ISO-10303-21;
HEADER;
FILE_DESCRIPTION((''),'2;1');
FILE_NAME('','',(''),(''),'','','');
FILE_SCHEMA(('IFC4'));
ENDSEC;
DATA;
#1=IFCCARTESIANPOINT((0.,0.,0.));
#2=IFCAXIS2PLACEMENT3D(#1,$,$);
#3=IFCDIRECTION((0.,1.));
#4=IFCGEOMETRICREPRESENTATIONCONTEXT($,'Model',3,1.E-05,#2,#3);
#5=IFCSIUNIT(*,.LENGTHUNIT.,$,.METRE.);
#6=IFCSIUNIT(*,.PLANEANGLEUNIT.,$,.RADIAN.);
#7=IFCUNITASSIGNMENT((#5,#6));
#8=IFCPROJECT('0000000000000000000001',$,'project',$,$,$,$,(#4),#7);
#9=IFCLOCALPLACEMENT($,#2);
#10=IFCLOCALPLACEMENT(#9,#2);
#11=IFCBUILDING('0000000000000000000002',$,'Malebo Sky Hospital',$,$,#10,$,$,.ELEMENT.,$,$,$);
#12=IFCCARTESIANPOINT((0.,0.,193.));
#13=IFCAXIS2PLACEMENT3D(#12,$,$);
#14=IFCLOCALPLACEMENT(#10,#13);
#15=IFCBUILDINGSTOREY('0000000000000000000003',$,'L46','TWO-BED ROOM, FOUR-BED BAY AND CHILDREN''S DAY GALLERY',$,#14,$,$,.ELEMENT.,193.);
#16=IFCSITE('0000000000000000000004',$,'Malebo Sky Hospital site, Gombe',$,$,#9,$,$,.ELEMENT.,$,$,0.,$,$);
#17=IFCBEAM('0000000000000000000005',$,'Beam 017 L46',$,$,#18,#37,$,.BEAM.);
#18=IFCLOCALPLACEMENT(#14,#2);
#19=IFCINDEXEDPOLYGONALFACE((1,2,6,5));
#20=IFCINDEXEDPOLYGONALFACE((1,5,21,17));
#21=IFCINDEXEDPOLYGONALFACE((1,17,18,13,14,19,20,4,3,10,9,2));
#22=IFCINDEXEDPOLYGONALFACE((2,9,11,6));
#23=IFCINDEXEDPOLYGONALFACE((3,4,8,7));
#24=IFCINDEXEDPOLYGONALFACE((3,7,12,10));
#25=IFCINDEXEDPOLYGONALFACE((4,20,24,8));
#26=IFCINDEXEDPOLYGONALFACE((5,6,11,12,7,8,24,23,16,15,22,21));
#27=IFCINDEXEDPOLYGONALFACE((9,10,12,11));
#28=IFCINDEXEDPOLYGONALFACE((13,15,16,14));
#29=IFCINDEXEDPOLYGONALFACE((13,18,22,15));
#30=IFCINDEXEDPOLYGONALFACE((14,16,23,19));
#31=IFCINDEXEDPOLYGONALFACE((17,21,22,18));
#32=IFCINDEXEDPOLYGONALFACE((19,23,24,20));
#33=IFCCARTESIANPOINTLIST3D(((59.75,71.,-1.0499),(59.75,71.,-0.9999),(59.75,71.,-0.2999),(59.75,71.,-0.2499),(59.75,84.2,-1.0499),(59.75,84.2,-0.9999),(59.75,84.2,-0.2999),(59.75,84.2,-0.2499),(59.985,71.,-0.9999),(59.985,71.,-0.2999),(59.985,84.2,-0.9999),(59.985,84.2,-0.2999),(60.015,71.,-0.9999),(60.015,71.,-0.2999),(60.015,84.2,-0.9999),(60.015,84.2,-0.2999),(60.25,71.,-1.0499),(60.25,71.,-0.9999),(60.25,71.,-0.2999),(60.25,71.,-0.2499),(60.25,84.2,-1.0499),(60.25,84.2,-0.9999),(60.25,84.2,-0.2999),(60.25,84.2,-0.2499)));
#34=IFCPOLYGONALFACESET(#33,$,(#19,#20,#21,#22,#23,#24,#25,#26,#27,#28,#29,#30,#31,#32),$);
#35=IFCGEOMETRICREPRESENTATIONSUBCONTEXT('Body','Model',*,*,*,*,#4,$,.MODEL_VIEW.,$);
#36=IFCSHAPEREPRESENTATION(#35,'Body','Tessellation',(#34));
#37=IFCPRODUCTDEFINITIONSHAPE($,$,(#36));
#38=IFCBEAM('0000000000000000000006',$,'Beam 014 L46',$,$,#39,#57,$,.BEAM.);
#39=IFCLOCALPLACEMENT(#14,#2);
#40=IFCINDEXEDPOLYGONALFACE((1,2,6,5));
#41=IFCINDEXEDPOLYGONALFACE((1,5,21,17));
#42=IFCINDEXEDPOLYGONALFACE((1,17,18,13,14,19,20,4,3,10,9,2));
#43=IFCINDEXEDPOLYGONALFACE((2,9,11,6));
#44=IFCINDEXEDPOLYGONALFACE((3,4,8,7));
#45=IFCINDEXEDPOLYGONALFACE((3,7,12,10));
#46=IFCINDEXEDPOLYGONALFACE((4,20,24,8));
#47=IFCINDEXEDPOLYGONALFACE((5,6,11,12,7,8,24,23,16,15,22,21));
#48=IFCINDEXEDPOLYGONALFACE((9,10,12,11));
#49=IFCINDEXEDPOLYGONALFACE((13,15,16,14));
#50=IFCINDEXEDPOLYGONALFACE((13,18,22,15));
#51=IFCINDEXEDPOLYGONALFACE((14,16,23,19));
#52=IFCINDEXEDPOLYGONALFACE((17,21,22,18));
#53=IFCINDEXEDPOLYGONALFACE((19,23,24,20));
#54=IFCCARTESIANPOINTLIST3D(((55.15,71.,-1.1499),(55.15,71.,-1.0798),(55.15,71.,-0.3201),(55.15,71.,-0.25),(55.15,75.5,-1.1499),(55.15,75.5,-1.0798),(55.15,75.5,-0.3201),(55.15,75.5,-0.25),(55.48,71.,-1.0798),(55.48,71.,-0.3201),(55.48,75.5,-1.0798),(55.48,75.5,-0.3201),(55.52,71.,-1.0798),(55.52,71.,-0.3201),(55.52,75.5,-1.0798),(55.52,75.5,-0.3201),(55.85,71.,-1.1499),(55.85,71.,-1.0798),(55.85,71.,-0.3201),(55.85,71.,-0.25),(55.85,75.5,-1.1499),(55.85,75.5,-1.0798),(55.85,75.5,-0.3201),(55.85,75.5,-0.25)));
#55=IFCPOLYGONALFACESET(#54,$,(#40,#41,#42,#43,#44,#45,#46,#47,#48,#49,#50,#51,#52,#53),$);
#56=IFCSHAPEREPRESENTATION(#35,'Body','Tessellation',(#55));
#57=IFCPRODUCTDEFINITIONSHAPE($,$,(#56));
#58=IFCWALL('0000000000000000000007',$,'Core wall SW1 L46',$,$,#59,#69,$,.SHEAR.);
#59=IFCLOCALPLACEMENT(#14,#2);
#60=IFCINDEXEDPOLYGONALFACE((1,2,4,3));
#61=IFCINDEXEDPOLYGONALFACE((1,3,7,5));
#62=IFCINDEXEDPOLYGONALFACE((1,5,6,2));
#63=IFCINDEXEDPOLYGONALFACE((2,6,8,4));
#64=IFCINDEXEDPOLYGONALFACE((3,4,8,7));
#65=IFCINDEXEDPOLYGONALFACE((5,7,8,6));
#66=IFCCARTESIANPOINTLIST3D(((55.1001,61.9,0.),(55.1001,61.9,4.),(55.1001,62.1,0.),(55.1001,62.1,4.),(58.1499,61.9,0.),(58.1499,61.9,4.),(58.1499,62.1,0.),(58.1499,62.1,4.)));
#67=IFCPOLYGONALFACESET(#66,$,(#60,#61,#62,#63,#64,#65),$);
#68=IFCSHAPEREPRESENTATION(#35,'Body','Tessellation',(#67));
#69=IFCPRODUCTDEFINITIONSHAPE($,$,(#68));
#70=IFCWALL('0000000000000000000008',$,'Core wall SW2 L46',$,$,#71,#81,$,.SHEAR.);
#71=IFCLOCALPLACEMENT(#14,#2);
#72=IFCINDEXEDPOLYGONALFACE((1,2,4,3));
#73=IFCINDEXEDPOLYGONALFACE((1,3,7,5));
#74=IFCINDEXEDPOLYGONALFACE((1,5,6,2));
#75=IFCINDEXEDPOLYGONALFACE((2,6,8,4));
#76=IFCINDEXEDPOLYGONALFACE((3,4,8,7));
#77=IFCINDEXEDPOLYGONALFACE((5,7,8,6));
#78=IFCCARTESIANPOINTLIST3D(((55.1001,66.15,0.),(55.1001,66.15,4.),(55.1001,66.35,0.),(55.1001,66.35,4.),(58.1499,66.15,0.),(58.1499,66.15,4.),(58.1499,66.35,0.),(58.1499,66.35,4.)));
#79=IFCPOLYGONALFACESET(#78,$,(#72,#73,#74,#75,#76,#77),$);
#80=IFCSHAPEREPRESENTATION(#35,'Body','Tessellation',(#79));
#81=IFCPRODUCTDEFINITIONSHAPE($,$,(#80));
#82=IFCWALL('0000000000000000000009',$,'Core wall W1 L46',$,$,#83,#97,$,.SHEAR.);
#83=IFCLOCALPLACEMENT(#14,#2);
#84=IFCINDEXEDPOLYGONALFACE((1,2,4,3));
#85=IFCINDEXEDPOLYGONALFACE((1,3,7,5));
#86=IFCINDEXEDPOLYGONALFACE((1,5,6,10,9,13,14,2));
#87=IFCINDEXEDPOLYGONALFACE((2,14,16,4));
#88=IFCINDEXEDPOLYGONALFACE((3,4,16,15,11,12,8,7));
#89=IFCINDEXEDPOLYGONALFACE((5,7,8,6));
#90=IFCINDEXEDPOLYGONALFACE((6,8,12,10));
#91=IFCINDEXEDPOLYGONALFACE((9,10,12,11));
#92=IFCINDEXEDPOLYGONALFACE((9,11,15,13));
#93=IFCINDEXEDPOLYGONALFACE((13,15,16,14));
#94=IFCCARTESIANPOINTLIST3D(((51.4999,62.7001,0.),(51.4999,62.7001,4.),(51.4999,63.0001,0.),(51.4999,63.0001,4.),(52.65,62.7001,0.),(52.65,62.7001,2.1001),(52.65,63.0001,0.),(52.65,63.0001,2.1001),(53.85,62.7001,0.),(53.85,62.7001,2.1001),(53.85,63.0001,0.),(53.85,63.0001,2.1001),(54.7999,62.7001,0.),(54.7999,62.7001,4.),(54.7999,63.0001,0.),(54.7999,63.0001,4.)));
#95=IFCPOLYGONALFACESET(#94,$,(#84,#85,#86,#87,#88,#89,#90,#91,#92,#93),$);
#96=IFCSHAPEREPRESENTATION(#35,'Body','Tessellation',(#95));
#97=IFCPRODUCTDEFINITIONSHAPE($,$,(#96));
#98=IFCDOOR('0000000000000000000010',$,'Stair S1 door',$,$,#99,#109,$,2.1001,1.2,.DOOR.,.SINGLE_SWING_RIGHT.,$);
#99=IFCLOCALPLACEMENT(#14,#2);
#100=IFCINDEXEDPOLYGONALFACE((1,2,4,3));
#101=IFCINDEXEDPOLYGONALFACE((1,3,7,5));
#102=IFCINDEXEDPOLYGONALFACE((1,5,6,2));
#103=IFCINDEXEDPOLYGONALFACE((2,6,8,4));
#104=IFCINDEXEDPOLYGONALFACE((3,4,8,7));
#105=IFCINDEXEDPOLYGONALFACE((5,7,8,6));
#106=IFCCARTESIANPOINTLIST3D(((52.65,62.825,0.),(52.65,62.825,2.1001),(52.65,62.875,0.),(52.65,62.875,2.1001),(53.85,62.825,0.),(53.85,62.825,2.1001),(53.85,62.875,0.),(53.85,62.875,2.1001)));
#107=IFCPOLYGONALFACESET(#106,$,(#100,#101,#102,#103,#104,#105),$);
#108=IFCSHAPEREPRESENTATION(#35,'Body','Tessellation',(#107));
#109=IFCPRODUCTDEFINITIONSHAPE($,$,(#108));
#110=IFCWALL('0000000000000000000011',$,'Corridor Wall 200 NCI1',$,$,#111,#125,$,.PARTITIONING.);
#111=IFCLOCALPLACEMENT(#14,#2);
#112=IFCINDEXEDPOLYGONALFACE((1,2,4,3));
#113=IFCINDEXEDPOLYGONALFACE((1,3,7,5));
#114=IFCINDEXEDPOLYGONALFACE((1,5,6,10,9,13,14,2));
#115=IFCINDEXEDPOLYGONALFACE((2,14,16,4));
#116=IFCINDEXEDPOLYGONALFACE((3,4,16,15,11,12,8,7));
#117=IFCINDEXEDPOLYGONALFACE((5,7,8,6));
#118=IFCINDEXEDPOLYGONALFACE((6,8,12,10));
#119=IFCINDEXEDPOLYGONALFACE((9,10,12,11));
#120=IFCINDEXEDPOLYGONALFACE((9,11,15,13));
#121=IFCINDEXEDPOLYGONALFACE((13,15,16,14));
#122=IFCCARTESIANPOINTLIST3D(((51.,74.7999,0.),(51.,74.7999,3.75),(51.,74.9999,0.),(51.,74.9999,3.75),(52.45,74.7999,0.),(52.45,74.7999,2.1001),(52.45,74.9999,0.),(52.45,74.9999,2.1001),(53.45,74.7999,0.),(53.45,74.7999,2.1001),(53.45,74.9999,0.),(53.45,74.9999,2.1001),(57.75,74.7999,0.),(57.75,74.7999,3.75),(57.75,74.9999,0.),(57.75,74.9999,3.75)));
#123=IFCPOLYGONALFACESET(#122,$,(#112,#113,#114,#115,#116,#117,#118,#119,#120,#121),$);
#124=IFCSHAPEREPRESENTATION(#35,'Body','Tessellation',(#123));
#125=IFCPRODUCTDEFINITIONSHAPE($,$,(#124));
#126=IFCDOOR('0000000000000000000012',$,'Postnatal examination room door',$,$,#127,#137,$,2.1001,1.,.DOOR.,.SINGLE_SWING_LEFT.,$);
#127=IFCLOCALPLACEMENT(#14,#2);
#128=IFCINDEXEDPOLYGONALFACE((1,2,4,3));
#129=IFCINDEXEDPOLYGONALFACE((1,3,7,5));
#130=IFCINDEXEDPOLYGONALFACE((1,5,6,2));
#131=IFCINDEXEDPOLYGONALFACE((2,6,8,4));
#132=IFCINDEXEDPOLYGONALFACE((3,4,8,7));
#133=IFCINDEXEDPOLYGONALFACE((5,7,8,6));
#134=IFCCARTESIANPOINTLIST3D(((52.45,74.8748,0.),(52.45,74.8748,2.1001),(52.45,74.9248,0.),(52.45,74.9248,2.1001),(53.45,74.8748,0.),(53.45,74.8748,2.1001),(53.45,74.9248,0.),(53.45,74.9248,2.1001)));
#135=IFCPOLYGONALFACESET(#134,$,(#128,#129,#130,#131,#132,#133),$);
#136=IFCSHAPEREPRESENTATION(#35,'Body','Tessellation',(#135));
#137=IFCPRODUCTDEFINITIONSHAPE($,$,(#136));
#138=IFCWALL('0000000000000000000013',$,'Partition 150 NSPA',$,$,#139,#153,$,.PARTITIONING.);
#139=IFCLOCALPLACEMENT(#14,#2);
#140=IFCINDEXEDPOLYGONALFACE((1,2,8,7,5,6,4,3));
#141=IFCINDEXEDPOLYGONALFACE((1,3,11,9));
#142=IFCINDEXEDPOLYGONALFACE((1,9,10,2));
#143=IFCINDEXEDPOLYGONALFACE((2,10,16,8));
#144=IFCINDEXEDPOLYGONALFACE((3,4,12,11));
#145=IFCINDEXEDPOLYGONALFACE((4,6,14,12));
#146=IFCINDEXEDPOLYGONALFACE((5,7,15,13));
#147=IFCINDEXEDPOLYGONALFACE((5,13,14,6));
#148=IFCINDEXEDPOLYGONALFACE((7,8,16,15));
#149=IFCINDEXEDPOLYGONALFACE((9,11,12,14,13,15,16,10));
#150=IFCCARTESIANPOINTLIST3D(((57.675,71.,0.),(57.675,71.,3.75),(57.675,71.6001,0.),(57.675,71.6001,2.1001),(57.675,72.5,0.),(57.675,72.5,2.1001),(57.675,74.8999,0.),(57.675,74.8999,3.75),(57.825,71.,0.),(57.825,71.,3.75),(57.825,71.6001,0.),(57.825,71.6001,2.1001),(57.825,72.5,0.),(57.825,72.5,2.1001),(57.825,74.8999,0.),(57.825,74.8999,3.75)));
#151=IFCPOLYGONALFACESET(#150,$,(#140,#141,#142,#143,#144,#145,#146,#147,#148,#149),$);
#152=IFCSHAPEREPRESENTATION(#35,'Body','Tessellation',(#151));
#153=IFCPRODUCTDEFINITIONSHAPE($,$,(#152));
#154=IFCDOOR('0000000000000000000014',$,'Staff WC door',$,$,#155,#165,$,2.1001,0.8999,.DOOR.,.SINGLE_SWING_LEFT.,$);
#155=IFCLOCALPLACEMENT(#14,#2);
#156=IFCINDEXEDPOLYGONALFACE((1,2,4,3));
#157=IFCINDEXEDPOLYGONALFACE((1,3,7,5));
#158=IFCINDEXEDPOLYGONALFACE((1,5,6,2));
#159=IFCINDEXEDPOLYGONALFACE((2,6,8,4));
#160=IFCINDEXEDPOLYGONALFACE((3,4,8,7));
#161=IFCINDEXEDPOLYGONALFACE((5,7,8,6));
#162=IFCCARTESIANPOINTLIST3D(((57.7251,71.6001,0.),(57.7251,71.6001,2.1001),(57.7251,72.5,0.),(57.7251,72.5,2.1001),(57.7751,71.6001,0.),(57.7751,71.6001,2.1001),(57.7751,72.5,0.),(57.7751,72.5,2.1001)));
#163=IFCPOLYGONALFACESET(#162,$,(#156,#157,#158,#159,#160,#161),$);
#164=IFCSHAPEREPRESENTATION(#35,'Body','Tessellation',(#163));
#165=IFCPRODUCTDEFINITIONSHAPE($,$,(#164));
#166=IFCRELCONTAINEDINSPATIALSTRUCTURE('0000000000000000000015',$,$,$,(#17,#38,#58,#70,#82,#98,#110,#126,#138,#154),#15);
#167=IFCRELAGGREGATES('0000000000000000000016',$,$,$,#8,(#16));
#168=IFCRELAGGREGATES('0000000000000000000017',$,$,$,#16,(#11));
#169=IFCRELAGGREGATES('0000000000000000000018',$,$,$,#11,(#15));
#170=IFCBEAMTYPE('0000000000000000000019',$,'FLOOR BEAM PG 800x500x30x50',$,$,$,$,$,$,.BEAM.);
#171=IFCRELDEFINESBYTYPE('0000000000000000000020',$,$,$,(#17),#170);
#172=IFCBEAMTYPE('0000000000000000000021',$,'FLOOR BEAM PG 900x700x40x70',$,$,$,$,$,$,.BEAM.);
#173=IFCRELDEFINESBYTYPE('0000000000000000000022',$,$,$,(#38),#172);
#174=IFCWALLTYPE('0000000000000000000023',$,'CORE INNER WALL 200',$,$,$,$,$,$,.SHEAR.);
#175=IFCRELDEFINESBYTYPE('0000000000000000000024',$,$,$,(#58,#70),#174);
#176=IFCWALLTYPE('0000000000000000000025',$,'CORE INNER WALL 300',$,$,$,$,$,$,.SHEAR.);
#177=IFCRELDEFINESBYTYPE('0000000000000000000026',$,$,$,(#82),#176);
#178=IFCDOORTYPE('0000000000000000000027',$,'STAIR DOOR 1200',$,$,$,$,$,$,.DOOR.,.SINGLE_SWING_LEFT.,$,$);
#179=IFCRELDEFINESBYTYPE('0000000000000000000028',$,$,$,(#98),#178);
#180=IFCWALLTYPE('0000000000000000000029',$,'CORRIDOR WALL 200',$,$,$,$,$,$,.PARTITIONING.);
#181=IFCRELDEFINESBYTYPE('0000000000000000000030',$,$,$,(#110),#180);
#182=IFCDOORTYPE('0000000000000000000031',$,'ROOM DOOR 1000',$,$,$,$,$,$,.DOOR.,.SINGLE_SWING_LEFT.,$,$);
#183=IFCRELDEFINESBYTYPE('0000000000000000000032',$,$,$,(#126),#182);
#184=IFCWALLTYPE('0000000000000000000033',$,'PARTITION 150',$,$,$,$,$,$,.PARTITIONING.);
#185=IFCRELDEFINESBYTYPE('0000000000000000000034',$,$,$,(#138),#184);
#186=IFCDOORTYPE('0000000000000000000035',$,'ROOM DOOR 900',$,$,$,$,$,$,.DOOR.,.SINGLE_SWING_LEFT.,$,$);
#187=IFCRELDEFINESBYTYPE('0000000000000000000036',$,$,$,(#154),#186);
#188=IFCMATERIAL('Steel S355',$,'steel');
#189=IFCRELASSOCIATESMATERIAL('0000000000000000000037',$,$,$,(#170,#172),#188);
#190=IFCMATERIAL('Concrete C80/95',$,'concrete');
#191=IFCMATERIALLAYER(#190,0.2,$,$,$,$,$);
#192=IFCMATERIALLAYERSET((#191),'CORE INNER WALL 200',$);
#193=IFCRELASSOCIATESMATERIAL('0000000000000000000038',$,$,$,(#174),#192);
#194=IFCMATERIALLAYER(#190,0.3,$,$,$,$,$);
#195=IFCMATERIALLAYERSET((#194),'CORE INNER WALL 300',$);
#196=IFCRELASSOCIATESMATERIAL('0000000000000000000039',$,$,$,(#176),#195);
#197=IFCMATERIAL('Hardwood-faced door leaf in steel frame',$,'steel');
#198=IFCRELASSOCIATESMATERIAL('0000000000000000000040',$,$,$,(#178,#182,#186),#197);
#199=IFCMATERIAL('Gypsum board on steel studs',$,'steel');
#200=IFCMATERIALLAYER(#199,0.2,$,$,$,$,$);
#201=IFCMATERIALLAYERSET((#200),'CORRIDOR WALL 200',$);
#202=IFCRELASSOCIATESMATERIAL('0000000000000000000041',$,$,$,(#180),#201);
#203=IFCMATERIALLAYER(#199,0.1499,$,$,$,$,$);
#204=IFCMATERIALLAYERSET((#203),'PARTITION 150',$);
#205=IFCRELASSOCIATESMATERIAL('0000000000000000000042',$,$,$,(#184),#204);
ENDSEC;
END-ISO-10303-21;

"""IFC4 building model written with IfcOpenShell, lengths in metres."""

from ifc_helpers import new_model, si_unit, direction, frame, frame_2d, origin, origin_2d, place, context, subcontext, project, spatial, rectangle, i_section, extrude, material, layer, layer_set, material_profile, profile_set, type_object, element, fill, save


model = new_model("IFC4")

# Units and contexts
model_context = context("Model", 3, precision=1e-05, world=origin(), true_north=direction((0.0, 1.0)))
body_context = subcontext(model_context, "Body", "Model", "MODEL_VIEW")
ifc_project = project(units=[si_unit("LENGTHUNIT", "METRE"), si_unit("PLANEANGLEUNIT", "RADIAN")], contexts=[model_context])

# Site, building, storey
site_placement = place(None, origin())
site = spatial("IfcSite", under=ifc_project, at=site_placement, Name="Malebo Sky Hospital site, Gombe", CompositionType="ELEMENT", RefElevation=0.0)
building_placement = place(site_placement, origin())
building = spatial("IfcBuilding", under=site, at=building_placement, Name="Malebo Sky Hospital", CompositionType="ELEMENT")
storey_placement = place(building_placement, frame((0.0, 0.0, 193.0)))
storey = spatial("IfcBuildingStorey", under=building, at=storey_placement, Name="L46", Description="TWO-BED ROOM, FOUR-BED BAY AND CHILDREN'S DAY GALLERY", CompositionType="ELEMENT", Elevation=193.0)

# Beams
ifc_material_1 = material(Name="Steel S355", Category="steel")
ifc_material_profile_1 = material_profile(ifc_material_1, i_section(OverallWidth=0.5, OverallDepth=0.8, WebThickness=0.03, FlangeThickness=0.05, at=origin_2d()), Name="PG 800x500x30x50")
ifc_profile_set_1 = profile_set([ifc_material_profile_1], Name="Steel S355")
beam_type_1 = type_object("IfcBeamType", Name="FLOOR BEAM PG 800x500x30x50", PredefinedType="BEAM", material=ifc_profile_set_1)
beam_1_placement = place(storey_placement, frame((60.0, 71.0, -0.6499), z_axis=(0.0, 1.0, 0.0), x_axis=(-1.0, 0.0, 0.0)))
element("IfcBeam", 1, at=beam_1_placement, inside=storey, type_object=beam_type_1, Name="Beam 017 L46", PredefinedType="BEAM", context=body_context, shape_type="SweptSolid", body=[
    extrude(i_section(OverallWidth=0.5, OverallDepth=0.8, WebThickness=0.03, FlangeThickness=0.05, at=origin_2d()), origin(), (0.0, 0.0, 1.0), 13.2),
])
ifc_material_profile_2 = material_profile(ifc_material_1, i_section(OverallWidth=0.7, OverallDepth=0.8999, WebThickness=0.04, FlangeThickness=0.0701, at=origin_2d()), Name="PG 900x700x40x70")
ifc_profile_set_2 = profile_set([ifc_material_profile_2], Name="Steel S355")
beam_type_2 = type_object("IfcBeamType", Name="FLOOR BEAM PG 900x700x40x70", PredefinedType="BEAM", material=ifc_profile_set_2)
beam_2_placement = place(storey_placement, frame((55.5, 71.0, -0.7), z_axis=(0.0, 1.0, 0.0), x_axis=(-1.0, 0.0, 0.0)))
element("IfcBeam", 2, at=beam_2_placement, inside=storey, type_object=beam_type_2, Name="Beam 014 L46", PredefinedType="BEAM", context=body_context, shape_type="SweptSolid", body=[
    extrude(i_section(OverallWidth=0.7, OverallDepth=0.8999, WebThickness=0.04, FlangeThickness=0.0701, at=origin_2d()), origin(), (0.0, 0.0, 1.0), 4.5),
])

# Walls
ifc_material_2 = material(Name="Concrete C80/95", Category="concrete")
ifc_layer_1 = layer(ifc_material_2, 0.2)
ifc_layer_set_1 = layer_set([ifc_layer_1], Name="CORE INNER WALL 200")
wall_type_1 = type_object("IfcWallType", Name="CORE INNER WALL 200", PredefinedType="SHEAR", material=ifc_layer_set_1)
for number, where, z_axis, x_axis, name in (
    (3, (55.1001, 62.0, 0.0), (0.0, 0.0, 1.0), (1.0, 0.0, 0.0), "Core wall SW1 L46"),
    (4, (55.1001, 66.25, 0.0), (0.0, 0.0, 1.0), (1.0, 0.0, 0.0), "Core wall SW2 L46"),
):
    element("IfcWall", number, at=place(storey_placement, frame(where, z_axis=z_axis, x_axis=x_axis)), inside=storey, type_object=wall_type_1, Name=name, PredefinedType="SHEAR", context=body_context, shape_type="SweptSolid", body=[
        extrude(rectangle(XDim=3.0498, YDim=0.2, at=frame_2d((1.5249, 0.0))), origin(), (0.0, 0.0, 1.0), 4.0),
    ])

# Walls, openings, doors
ifc_layer_2 = layer(ifc_material_2, 0.3)
ifc_layer_set_2 = layer_set([ifc_layer_2], Name="CORE INNER WALL 300")
wall_type_2 = type_object("IfcWallType", Name="CORE INNER WALL 300", PredefinedType="SHEAR", material=ifc_layer_set_2)
wall_1_placement = place(storey_placement, frame((51.5, 62.8501, 0.0), z_axis=(0.0, 0.0, 1.0), x_axis=(1.0, 0.0, 0.0)))
wall_1 = element("IfcWall", 5, at=wall_1_placement, inside=storey, type_object=wall_type_2, Name="Core wall W1 L46", PredefinedType="SHEAR", context=body_context, shape_type="SweptSolid", body=[
    extrude(rectangle(XDim=3.3, YDim=0.3, at=frame_2d((1.6499, 0.0))), origin(), (0.0, 0.0, 1.0), 4.0),
])
opening_1_placement = place(wall_1_placement, frame((1.1499, 0.0, 0.0)))
opening_1 = element("IfcOpeningElement", 6, at=opening_1_placement, cuts=wall_1, PredefinedType="OPENING", context=body_context, shape_type="SweptSolid", body=[
    extrude(rectangle(XDim=1.2, YDim=2.1001, at=frame_2d((0.6001, 1.05))), frame((0.0, 0.1599, 0.0), z_axis=(0.0, -1.0, 0.0), x_axis=(1.0, 0.0, 0.0)), (0.0, 0.0, 1.0), 0.3201),
])
ifc_material_3 = material(Name="Hardwood-faced door leaf in steel frame", Category="steel")
door_type_1 = type_object("IfcDoorType", Name="STAIR DOOR 1200", OperationType="SINGLE_SWING_LEFT", PredefinedType="DOOR", material=ifc_material_3)
door_1_placement = place(opening_1_placement, origin())
door_1 = element("IfcDoor", 7, at=door_1_placement, inside=storey, type_object=door_type_1, Name="Stair S1 door", OperationType="SINGLE_SWING_RIGHT", OverallHeight=2.1001, OverallWidth=1.2, PredefinedType="DOOR", context=body_context, shape_type="SweptSolid", body=[
    extrude(rectangle(XDim=1.2, YDim=2.1001, at=frame_2d((0.6001, 1.05))), frame((0.0, 0.0249, 0.0), z_axis=(0.0, -1.0, 0.0), x_axis=(1.0, 0.0, 0.0)), (0.0, 0.0, 1.0), 0.05),
])
fill(opening_1, door_1)
ifc_material_4 = material(Name="Gypsum board on steel studs", Category="steel")
ifc_layer_3 = layer(ifc_material_4, 0.2)
ifc_layer_set_3 = layer_set([ifc_layer_3], Name="CORRIDOR WALL 200")
wall_type_3 = type_object("IfcWallType", Name="CORRIDOR WALL 200", PredefinedType="PARTITIONING", material=ifc_layer_set_3)
wall_2_placement = place(storey_placement, frame((51.0, 74.8999, 0.0), z_axis=(0.0, 0.0, 1.0), x_axis=(1.0, 0.0, 0.0)))
wall_2 = element("IfcWall", 8, at=wall_2_placement, inside=storey, type_object=wall_type_3, Name="Corridor Wall 200 NCI1", PredefinedType="PARTITIONING", context=body_context, shape_type="SweptSolid", body=[
    extrude(rectangle(XDim=6.75, YDim=0.2, at=frame_2d((3.375, 0.0))), origin(), (0.0, 0.0, 1.0), 3.75),
])
opening_2_placement = place(wall_2_placement, frame((1.45, 0.0, 0.0)))
opening_2 = element("IfcOpeningElement", 9, at=opening_2_placement, cuts=wall_2, PredefinedType="OPENING", context=body_context, shape_type="SweptSolid", body=[
    extrude(rectangle(XDim=1.0, YDim=2.1001, at=frame_2d((0.5, 1.05))), frame((0.0, 0.1099, 0.0), z_axis=(0.0, -1.0, 0.0), x_axis=(1.0, 0.0, 0.0)), (0.0, 0.0, 1.0), 0.22),
])
door_type_2 = type_object("IfcDoorType", Name="ROOM DOOR 1000", OperationType="SINGLE_SWING_LEFT", PredefinedType="DOOR", material=ifc_material_3)
door_2_placement = place(opening_2_placement, origin())
door_2 = element("IfcDoor", 10, at=door_2_placement, inside=storey, type_object=door_type_2, Name="Postnatal examination room door", OperationType="SINGLE_SWING_LEFT", OverallHeight=2.1001, OverallWidth=1.0, PredefinedType="DOOR", context=body_context, shape_type="SweptSolid", body=[
    extrude(rectangle(XDim=1.0, YDim=2.1001, at=frame_2d((0.5, 1.05))), frame((0.0, 0.0249, 0.0), z_axis=(0.0, -1.0, 0.0), x_axis=(1.0, 0.0, 0.0)), (0.0, 0.0, 1.0), 0.05),
])
fill(opening_2, door_2)
ifc_layer_4 = layer(ifc_material_4, 0.1499)
ifc_layer_set_4 = layer_set([ifc_layer_4], Name="PARTITION 150")
wall_type_4 = type_object("IfcWallType", Name="PARTITION 150", PredefinedType="PARTITIONING", material=ifc_layer_set_4)
wall_3_placement = place(storey_placement, frame((57.75, 71.0, 0.0), z_axis=(0.0, 0.0, 1.0), x_axis=(0.0, 1.0, 0.0)))
wall_3 = element("IfcWall", 11, at=wall_3_placement, inside=storey, type_object=wall_type_4, Name="Partition 150 NSPA", PredefinedType="PARTITIONING", context=body_context, shape_type="SweptSolid", body=[
    extrude(rectangle(XDim=3.8999, YDim=0.1499, at=frame_2d((1.95, 0.0))), origin(), (0.0, 0.0, 1.0), 3.75),
])
opening_3_placement = place(wall_3_placement, frame((0.6001, 0.0, 0.0)))
opening_3 = element("IfcOpeningElement", 12, at=opening_3_placement, cuts=wall_3, PredefinedType="OPENING", context=body_context, shape_type="SweptSolid", body=[
    extrude(rectangle(XDim=0.8999, YDim=2.1001, at=frame_2d((0.45, 1.05))), frame((0.0, 0.085, 0.0), z_axis=(0.0, -1.0, 0.0), x_axis=(1.0, 0.0, 0.0)), (0.0, 0.0, 1.0), 0.1699),
])
door_type_3 = type_object("IfcDoorType", Name="ROOM DOOR 900", OperationType="SINGLE_SWING_LEFT", PredefinedType="DOOR", material=ifc_material_3)
door_3_placement = place(opening_3_placement, origin())
door_3 = element("IfcDoor", 13, at=door_3_placement, inside=storey, type_object=door_type_3, Name="Staff WC door", OperationType="SINGLE_SWING_LEFT", OverallHeight=2.1001, OverallWidth=0.8999, PredefinedType="DOOR", context=body_context, shape_type="SweptSolid", body=[
    extrude(rectangle(XDim=0.8999, YDim=2.1001, at=frame_2d((0.45, 1.05))), frame((0.0, 0.0249, 0.0), z_axis=(0.0, -1.0, 0.0), x_axis=(1.0, 0.0, 0.0)), (0.0, 0.0, 1.0), 0.05),
])
fill(opening_3, door_3)

save(model, "model.ifc")
